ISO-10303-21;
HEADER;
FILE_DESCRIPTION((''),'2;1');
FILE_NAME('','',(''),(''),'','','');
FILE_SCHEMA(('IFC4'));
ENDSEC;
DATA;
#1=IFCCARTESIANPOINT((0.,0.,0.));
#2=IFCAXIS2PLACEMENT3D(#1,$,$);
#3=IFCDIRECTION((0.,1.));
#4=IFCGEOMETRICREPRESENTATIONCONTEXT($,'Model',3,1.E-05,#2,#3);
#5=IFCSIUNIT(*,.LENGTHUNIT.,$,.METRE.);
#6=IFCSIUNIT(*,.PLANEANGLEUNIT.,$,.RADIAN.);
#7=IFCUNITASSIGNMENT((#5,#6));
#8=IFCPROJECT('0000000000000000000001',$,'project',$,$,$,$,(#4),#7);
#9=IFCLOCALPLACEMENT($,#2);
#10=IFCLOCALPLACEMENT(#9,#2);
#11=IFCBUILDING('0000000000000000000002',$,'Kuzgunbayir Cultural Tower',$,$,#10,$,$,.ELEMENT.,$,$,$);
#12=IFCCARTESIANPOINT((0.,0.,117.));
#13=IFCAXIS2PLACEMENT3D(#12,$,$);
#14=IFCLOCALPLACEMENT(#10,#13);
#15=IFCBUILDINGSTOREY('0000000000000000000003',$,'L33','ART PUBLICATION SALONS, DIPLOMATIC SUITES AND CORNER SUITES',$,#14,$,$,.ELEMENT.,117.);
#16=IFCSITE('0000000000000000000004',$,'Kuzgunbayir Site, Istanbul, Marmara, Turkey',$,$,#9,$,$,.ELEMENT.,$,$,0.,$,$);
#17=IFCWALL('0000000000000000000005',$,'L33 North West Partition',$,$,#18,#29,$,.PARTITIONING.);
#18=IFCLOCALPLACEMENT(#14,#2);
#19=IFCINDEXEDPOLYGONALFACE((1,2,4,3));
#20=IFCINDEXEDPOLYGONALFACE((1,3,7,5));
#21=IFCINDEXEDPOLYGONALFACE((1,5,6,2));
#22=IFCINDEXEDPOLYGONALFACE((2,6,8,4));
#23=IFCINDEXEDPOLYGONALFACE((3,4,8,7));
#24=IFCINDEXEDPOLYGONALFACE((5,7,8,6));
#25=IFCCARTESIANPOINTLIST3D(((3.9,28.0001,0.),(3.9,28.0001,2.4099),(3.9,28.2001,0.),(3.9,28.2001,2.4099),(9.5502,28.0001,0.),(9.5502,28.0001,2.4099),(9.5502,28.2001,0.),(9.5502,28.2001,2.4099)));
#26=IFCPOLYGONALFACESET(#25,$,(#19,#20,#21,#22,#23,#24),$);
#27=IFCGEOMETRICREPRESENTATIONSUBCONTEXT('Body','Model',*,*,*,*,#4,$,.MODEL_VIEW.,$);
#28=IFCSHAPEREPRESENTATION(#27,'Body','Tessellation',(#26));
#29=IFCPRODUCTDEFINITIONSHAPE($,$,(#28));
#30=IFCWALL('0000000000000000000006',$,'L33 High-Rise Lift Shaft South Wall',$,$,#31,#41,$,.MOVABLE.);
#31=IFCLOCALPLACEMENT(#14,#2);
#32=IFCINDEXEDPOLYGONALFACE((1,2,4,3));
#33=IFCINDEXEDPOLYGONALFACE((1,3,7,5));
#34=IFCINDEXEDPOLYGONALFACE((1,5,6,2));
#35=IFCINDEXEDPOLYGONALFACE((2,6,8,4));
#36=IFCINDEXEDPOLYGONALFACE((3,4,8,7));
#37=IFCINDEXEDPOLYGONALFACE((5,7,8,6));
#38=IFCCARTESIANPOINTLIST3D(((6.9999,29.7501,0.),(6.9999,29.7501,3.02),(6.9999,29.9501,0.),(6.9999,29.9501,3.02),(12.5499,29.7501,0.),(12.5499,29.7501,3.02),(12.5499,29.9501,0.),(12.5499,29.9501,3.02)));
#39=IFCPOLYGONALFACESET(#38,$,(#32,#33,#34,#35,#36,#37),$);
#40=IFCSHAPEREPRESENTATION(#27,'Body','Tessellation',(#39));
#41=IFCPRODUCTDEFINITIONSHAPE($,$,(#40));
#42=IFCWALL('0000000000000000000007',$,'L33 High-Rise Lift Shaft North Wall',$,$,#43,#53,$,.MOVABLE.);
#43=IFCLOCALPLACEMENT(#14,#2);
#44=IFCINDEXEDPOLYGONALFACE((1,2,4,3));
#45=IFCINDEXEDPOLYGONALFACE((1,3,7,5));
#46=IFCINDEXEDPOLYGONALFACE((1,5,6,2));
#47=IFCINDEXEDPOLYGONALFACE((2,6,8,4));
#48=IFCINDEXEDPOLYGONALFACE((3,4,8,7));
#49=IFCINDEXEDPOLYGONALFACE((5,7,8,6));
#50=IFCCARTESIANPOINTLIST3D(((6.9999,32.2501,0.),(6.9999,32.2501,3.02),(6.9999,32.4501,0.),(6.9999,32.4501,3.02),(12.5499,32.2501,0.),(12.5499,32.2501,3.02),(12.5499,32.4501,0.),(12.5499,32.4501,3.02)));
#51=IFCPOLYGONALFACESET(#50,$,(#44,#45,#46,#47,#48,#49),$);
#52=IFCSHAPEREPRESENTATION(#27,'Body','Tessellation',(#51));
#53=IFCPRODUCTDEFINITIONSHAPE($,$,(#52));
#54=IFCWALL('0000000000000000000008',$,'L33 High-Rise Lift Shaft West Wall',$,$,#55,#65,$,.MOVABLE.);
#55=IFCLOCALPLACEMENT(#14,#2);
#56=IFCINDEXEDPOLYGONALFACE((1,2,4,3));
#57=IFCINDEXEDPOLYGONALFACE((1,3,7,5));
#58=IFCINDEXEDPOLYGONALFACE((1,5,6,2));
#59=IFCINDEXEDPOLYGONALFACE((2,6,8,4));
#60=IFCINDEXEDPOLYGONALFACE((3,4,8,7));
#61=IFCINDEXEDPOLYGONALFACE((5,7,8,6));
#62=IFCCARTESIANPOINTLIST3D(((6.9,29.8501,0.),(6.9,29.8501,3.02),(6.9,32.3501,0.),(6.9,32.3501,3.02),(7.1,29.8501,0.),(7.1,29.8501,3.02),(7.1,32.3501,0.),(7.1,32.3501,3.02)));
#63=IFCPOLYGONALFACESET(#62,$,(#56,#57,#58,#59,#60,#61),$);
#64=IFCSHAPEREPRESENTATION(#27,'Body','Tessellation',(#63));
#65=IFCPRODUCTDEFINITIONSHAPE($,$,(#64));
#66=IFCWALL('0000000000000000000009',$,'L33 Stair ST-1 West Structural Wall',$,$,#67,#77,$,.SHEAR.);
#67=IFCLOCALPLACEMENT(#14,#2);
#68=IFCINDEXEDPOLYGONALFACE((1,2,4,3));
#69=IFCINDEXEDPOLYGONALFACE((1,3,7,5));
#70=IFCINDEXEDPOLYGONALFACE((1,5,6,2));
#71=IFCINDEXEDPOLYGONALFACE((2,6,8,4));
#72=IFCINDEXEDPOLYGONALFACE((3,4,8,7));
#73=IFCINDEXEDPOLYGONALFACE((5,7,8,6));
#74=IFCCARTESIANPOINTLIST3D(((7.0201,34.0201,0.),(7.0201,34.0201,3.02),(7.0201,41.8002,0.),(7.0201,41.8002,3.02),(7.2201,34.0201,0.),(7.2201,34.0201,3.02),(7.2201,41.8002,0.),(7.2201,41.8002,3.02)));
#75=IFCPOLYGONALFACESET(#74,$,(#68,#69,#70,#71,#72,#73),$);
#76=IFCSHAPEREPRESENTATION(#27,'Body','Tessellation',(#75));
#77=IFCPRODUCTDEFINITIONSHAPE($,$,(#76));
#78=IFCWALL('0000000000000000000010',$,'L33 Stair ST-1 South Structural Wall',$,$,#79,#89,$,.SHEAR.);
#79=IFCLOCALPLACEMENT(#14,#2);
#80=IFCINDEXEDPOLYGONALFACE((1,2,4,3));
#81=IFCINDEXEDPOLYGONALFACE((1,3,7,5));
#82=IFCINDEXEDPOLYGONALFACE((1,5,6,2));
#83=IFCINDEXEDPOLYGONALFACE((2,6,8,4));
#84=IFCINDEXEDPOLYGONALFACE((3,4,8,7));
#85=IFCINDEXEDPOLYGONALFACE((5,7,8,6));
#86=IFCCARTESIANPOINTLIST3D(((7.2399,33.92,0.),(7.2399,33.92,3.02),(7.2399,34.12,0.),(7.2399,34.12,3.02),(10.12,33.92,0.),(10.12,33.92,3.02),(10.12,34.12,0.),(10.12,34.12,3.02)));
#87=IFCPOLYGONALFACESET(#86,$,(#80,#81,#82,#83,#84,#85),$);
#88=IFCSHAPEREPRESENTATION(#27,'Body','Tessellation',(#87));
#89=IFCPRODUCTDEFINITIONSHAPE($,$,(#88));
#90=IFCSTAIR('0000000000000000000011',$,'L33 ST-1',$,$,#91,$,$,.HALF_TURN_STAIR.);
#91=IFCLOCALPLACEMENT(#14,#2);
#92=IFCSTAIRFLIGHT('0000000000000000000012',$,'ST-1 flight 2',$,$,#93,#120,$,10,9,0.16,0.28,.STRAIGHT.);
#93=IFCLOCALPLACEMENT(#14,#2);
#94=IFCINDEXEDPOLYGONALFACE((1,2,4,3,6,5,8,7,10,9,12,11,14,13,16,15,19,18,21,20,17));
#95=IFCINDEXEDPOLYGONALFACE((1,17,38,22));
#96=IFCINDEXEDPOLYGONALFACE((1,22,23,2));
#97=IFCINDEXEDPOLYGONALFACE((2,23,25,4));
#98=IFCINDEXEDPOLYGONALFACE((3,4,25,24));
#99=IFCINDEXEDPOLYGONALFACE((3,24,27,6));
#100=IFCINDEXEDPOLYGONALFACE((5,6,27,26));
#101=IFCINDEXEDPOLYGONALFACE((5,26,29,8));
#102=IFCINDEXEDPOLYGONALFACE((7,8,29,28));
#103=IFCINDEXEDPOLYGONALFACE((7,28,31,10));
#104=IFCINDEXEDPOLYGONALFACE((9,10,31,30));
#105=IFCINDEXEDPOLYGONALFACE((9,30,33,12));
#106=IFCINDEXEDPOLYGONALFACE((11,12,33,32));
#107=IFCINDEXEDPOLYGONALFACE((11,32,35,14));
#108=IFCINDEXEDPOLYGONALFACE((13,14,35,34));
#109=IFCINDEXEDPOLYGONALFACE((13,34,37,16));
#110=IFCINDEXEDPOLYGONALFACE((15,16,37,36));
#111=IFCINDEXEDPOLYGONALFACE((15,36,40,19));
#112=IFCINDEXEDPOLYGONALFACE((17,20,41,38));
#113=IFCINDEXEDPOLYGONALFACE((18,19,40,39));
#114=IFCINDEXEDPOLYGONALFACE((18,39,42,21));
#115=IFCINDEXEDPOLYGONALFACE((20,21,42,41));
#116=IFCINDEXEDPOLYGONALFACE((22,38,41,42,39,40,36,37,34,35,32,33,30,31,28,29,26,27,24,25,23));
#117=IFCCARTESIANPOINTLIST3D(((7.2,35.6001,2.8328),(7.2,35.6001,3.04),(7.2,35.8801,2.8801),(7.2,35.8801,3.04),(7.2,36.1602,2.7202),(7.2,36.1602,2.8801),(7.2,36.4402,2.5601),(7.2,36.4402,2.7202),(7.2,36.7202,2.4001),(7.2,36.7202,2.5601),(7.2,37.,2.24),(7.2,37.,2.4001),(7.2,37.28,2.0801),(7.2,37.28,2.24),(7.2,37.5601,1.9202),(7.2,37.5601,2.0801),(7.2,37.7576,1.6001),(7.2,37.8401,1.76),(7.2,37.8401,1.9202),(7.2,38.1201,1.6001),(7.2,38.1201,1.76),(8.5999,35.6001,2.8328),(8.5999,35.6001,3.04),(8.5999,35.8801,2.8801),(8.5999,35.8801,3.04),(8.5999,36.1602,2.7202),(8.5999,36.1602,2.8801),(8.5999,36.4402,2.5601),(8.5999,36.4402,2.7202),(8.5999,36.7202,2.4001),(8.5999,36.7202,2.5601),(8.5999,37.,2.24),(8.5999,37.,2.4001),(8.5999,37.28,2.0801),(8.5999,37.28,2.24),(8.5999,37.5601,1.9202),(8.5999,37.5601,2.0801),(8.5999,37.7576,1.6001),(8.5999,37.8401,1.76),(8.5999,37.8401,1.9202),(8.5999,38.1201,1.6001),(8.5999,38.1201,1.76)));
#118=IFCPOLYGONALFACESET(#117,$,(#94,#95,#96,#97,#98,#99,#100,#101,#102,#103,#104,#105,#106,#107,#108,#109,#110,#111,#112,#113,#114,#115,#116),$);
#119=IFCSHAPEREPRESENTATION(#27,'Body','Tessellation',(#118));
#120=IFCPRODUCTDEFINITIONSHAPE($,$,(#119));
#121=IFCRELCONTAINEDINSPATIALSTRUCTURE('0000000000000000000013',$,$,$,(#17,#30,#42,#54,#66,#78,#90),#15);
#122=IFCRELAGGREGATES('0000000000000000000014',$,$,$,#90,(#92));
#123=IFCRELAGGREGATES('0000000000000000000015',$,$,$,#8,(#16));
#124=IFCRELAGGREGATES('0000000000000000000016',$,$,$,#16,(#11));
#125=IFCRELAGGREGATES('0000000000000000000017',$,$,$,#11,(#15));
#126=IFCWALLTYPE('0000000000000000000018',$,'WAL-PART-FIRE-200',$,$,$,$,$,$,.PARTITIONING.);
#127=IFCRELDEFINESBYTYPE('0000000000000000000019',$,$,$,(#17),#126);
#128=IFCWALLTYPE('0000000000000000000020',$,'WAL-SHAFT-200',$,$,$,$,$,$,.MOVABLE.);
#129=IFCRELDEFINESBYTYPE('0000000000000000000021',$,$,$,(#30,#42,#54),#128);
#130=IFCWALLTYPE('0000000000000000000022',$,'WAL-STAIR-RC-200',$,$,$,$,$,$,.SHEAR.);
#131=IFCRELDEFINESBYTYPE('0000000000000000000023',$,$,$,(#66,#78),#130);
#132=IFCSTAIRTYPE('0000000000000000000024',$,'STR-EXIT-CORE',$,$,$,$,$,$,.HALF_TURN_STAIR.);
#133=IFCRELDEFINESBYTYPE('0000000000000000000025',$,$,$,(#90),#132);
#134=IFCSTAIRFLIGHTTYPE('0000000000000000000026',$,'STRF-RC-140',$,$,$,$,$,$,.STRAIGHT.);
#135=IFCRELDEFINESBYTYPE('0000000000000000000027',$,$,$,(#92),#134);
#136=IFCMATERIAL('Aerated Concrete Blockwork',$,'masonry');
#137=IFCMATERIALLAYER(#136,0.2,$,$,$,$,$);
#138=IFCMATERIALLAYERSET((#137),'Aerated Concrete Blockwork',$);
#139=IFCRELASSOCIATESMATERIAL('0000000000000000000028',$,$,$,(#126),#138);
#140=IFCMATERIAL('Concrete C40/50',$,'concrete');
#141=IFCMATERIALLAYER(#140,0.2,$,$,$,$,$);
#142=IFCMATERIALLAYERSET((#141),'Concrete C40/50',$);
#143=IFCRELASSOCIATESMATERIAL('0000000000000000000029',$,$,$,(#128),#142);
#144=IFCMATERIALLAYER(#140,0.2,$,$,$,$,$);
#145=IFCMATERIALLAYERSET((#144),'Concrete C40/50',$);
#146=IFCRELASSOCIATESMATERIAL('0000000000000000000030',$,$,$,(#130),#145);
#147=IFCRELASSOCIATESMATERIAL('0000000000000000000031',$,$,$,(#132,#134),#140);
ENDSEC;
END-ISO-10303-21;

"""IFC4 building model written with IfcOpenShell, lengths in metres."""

from ifc_helpers import new_model, si_unit, direction, frame, frame_2d, origin, place, context, subcontext, project, spatial, polyline, rectangle, outline, extrude, material, layer, layer_set, type_object, element, aggregate, save


model = new_model("IFC4")

# Units and contexts
model_context = context("Model", 3, precision=1e-05, world=origin(), true_north=direction((0.0, 1.0)))
body_context = subcontext(model_context, "Body", "Model", "MODEL_VIEW")
ifc_project = project(units=[si_unit("LENGTHUNIT", "METRE"), si_unit("PLANEANGLEUNIT", "RADIAN")], contexts=[model_context])

# Site, building, storey
site_placement = place(None, origin())
site = spatial("IfcSite", under=ifc_project, at=site_placement, Name="Kuzgunbayir Site, Istanbul, Marmara, Turkey", CompositionType="ELEMENT", RefElevation=0.0)
building_placement = place(site_placement, origin())
building = spatial("IfcBuilding", under=site, at=building_placement, Name="Kuzgunbayir Cultural Tower", CompositionType="ELEMENT")
storey_placement = place(building_placement, frame((0.0, 0.0, 117.0)))
storey = spatial("IfcBuildingStorey", under=building, at=storey_placement, Name="L33", Description="ART PUBLICATION SALONS, DIPLOMATIC SUITES AND CORNER SUITES", CompositionType="ELEMENT", Elevation=117.0)

# Walls
ifc_material_1 = material(Name="Aerated Concrete Blockwork", Category="masonry")
ifc_layer_1 = layer(ifc_material_1, 0.2)
ifc_layer_set_1 = layer_set([ifc_layer_1], Name="Aerated Concrete Blockwork")
wall_type_1 = type_object("IfcWallType", Name="WAL-PART-FIRE-200", PredefinedType="PARTITIONING", material=ifc_layer_set_1)
wall_1_placement = place(storey_placement, frame((3.8999, 28.1001, 0.0), z_axis=(0.0, 0.0, 1.0), x_axis=(1.0, 0.0, 0.0)))
element("IfcWall", 1, at=wall_1_placement, inside=storey, type_object=wall_type_1, Name="L33 North West Partition", PredefinedType="PARTITIONING", context=body_context, shape_type="SweptSolid", body=[
    extrude(rectangle(XDim=5.6501, YDim=0.2, at=frame_2d((2.8252, 0.0))), origin(), (0.0, 0.0, 1.0), 2.4099),
])
ifc_material_2 = material(Name="Concrete C40/50", Category="concrete")
ifc_layer_2 = layer(ifc_material_2, 0.2)
ifc_layer_set_2 = layer_set([ifc_layer_2], Name="Concrete C40/50")
wall_type_2 = type_object("IfcWallType", Name="WAL-SHAFT-200", PredefinedType="MOVABLE", material=ifc_layer_set_2)
for number, where, z_axis, x_axis, name in (
    (2, (7.0, 29.8501, 0.0), (0.0, 0.0, 1.0), (1.0, 0.0, 0.0), "L33 High-Rise Lift Shaft South Wall"),
    (3, (7.0, 32.3501, 0.0), (0.0, 0.0, 1.0), (1.0, 0.0, 0.0), "L33 High-Rise Lift Shaft North Wall"),
):
    element("IfcWall", number, at=place(storey_placement, frame(where, z_axis=z_axis, x_axis=x_axis)), inside=storey, type_object=wall_type_2, Name=name, PredefinedType="MOVABLE", context=body_context, shape_type="SweptSolid", body=[
        extrude(rectangle(XDim=5.55, YDim=0.2, at=frame_2d((2.7749, 0.0))), origin(), (0.0, 0.0, 1.0), 3.02),
    ])
wall_2_placement = place(storey_placement, frame((7.0, 29.8501, 0.0), z_axis=(0.0, 0.0, 1.0), x_axis=(0.0, 1.0, 0.0)))
element("IfcWall", 4, at=wall_2_placement, inside=storey, type_object=wall_type_2, Name="L33 High-Rise Lift Shaft West Wall", PredefinedType="MOVABLE", context=body_context, shape_type="SweptSolid", body=[
    extrude(rectangle(XDim=2.5, YDim=0.2, at=frame_2d((1.25, 0.0))), origin(), (0.0, 0.0, 1.0), 3.02),
])
ifc_layer_3 = layer(ifc_material_2, 0.2)
ifc_layer_set_3 = layer_set([ifc_layer_3], Name="Concrete C40/50")
wall_type_3 = type_object("IfcWallType", Name="WAL-STAIR-RC-200", PredefinedType="SHEAR", material=ifc_layer_set_3)
wall_3_placement = place(storey_placement, frame((7.1201, 34.02, 0.0), z_axis=(0.0, 0.0, 1.0), x_axis=(0.0, 1.0, 0.0)))
element("IfcWall", 5, at=wall_3_placement, inside=storey, type_object=wall_type_3, Name="L33 Stair ST-1 West Structural Wall", PredefinedType="SHEAR", context=body_context, shape_type="SweptSolid", body=[
    extrude(rectangle(XDim=7.78, YDim=0.2, at=frame_2d((3.8901, 0.0))), origin(), (0.0, 0.0, 1.0), 3.02),
])
wall_4_placement = place(storey_placement, frame((7.24, 34.02, 0.0), z_axis=(0.0, 0.0, 1.0), x_axis=(1.0, 0.0, 0.0)))
element("IfcWall", 6, at=wall_4_placement, inside=storey, type_object=wall_type_3, Name="L33 Stair ST-1 South Structural Wall", PredefinedType="SHEAR", context=body_context, shape_type="SweptSolid", body=[
    extrude(rectangle(XDim=2.8801, YDim=0.2, at=frame_2d((1.4399, 0.0))), origin(), (0.0, 0.0, 1.0), 3.02),
])

# Stair, stair flight
stair_type = type_object("IfcStairType", Name="STR-EXIT-CORE", PredefinedType="HALF_TURN_STAIR", material=ifc_material_2)
stair_placement = place(storey_placement, origin())
stair = element("IfcStair", 7, at=stair_placement, inside=storey, type_object=stair_type, Name="L33 ST-1", PredefinedType="HALF_TURN_STAIR")
stair_flight_type = type_object("IfcStairFlightType", Name="STRF-RC-140", PredefinedType="STRAIGHT", material=ifc_material_2)
stair_flight_placement = place(storey_placement, frame((7.8999, 38.1201, 1.6001), z_axis=(0.0, 0.0, 1.0), x_axis=(0.0, -1.0, 0.0)))
stair_flight = element("IfcStairFlight", 8, at=stair_flight_placement, type_object=stair_flight_type, Name="ST-1 flight 2", NumberOfRisers=10, NumberOfTreads=9, PredefinedType="STRAIGHT", RiserHeight=0.16, TreadLength=0.28, context=body_context, shape_type="SweptSolid", body=[
    extrude(outline(polyline([(0.0, 0.0), (0.0, 0.1599), (0.28, 0.1599), (0.28, 0.3201), (0.5601, 0.3201), (0.5601, 0.48), (0.8401, 0.48), (0.8401, 0.6399), (1.1201, 0.6399), (1.1201, 0.8), (1.3999, 0.8), (1.3999, 0.96), (1.6799, 0.96), (1.6799, 1.1201), (1.96, 1.1201), (1.96, 1.28), (2.24, 1.28), (2.24, 1.4399), (2.52, 1.4399), (2.52, 1.6001), (2.52, 1.2327), (0.3625, 0.0), (0.0, 0.0)])), frame((0.0, 0.7, 0.0), z_axis=(0.0, -1.0, 0.0), x_axis=(1.0, 0.0, 0.0)), (0.0, 0.0, 1.0), 1.3999),
])
aggregate(stair, [stair_flight])

save(model, "model.ifc")
